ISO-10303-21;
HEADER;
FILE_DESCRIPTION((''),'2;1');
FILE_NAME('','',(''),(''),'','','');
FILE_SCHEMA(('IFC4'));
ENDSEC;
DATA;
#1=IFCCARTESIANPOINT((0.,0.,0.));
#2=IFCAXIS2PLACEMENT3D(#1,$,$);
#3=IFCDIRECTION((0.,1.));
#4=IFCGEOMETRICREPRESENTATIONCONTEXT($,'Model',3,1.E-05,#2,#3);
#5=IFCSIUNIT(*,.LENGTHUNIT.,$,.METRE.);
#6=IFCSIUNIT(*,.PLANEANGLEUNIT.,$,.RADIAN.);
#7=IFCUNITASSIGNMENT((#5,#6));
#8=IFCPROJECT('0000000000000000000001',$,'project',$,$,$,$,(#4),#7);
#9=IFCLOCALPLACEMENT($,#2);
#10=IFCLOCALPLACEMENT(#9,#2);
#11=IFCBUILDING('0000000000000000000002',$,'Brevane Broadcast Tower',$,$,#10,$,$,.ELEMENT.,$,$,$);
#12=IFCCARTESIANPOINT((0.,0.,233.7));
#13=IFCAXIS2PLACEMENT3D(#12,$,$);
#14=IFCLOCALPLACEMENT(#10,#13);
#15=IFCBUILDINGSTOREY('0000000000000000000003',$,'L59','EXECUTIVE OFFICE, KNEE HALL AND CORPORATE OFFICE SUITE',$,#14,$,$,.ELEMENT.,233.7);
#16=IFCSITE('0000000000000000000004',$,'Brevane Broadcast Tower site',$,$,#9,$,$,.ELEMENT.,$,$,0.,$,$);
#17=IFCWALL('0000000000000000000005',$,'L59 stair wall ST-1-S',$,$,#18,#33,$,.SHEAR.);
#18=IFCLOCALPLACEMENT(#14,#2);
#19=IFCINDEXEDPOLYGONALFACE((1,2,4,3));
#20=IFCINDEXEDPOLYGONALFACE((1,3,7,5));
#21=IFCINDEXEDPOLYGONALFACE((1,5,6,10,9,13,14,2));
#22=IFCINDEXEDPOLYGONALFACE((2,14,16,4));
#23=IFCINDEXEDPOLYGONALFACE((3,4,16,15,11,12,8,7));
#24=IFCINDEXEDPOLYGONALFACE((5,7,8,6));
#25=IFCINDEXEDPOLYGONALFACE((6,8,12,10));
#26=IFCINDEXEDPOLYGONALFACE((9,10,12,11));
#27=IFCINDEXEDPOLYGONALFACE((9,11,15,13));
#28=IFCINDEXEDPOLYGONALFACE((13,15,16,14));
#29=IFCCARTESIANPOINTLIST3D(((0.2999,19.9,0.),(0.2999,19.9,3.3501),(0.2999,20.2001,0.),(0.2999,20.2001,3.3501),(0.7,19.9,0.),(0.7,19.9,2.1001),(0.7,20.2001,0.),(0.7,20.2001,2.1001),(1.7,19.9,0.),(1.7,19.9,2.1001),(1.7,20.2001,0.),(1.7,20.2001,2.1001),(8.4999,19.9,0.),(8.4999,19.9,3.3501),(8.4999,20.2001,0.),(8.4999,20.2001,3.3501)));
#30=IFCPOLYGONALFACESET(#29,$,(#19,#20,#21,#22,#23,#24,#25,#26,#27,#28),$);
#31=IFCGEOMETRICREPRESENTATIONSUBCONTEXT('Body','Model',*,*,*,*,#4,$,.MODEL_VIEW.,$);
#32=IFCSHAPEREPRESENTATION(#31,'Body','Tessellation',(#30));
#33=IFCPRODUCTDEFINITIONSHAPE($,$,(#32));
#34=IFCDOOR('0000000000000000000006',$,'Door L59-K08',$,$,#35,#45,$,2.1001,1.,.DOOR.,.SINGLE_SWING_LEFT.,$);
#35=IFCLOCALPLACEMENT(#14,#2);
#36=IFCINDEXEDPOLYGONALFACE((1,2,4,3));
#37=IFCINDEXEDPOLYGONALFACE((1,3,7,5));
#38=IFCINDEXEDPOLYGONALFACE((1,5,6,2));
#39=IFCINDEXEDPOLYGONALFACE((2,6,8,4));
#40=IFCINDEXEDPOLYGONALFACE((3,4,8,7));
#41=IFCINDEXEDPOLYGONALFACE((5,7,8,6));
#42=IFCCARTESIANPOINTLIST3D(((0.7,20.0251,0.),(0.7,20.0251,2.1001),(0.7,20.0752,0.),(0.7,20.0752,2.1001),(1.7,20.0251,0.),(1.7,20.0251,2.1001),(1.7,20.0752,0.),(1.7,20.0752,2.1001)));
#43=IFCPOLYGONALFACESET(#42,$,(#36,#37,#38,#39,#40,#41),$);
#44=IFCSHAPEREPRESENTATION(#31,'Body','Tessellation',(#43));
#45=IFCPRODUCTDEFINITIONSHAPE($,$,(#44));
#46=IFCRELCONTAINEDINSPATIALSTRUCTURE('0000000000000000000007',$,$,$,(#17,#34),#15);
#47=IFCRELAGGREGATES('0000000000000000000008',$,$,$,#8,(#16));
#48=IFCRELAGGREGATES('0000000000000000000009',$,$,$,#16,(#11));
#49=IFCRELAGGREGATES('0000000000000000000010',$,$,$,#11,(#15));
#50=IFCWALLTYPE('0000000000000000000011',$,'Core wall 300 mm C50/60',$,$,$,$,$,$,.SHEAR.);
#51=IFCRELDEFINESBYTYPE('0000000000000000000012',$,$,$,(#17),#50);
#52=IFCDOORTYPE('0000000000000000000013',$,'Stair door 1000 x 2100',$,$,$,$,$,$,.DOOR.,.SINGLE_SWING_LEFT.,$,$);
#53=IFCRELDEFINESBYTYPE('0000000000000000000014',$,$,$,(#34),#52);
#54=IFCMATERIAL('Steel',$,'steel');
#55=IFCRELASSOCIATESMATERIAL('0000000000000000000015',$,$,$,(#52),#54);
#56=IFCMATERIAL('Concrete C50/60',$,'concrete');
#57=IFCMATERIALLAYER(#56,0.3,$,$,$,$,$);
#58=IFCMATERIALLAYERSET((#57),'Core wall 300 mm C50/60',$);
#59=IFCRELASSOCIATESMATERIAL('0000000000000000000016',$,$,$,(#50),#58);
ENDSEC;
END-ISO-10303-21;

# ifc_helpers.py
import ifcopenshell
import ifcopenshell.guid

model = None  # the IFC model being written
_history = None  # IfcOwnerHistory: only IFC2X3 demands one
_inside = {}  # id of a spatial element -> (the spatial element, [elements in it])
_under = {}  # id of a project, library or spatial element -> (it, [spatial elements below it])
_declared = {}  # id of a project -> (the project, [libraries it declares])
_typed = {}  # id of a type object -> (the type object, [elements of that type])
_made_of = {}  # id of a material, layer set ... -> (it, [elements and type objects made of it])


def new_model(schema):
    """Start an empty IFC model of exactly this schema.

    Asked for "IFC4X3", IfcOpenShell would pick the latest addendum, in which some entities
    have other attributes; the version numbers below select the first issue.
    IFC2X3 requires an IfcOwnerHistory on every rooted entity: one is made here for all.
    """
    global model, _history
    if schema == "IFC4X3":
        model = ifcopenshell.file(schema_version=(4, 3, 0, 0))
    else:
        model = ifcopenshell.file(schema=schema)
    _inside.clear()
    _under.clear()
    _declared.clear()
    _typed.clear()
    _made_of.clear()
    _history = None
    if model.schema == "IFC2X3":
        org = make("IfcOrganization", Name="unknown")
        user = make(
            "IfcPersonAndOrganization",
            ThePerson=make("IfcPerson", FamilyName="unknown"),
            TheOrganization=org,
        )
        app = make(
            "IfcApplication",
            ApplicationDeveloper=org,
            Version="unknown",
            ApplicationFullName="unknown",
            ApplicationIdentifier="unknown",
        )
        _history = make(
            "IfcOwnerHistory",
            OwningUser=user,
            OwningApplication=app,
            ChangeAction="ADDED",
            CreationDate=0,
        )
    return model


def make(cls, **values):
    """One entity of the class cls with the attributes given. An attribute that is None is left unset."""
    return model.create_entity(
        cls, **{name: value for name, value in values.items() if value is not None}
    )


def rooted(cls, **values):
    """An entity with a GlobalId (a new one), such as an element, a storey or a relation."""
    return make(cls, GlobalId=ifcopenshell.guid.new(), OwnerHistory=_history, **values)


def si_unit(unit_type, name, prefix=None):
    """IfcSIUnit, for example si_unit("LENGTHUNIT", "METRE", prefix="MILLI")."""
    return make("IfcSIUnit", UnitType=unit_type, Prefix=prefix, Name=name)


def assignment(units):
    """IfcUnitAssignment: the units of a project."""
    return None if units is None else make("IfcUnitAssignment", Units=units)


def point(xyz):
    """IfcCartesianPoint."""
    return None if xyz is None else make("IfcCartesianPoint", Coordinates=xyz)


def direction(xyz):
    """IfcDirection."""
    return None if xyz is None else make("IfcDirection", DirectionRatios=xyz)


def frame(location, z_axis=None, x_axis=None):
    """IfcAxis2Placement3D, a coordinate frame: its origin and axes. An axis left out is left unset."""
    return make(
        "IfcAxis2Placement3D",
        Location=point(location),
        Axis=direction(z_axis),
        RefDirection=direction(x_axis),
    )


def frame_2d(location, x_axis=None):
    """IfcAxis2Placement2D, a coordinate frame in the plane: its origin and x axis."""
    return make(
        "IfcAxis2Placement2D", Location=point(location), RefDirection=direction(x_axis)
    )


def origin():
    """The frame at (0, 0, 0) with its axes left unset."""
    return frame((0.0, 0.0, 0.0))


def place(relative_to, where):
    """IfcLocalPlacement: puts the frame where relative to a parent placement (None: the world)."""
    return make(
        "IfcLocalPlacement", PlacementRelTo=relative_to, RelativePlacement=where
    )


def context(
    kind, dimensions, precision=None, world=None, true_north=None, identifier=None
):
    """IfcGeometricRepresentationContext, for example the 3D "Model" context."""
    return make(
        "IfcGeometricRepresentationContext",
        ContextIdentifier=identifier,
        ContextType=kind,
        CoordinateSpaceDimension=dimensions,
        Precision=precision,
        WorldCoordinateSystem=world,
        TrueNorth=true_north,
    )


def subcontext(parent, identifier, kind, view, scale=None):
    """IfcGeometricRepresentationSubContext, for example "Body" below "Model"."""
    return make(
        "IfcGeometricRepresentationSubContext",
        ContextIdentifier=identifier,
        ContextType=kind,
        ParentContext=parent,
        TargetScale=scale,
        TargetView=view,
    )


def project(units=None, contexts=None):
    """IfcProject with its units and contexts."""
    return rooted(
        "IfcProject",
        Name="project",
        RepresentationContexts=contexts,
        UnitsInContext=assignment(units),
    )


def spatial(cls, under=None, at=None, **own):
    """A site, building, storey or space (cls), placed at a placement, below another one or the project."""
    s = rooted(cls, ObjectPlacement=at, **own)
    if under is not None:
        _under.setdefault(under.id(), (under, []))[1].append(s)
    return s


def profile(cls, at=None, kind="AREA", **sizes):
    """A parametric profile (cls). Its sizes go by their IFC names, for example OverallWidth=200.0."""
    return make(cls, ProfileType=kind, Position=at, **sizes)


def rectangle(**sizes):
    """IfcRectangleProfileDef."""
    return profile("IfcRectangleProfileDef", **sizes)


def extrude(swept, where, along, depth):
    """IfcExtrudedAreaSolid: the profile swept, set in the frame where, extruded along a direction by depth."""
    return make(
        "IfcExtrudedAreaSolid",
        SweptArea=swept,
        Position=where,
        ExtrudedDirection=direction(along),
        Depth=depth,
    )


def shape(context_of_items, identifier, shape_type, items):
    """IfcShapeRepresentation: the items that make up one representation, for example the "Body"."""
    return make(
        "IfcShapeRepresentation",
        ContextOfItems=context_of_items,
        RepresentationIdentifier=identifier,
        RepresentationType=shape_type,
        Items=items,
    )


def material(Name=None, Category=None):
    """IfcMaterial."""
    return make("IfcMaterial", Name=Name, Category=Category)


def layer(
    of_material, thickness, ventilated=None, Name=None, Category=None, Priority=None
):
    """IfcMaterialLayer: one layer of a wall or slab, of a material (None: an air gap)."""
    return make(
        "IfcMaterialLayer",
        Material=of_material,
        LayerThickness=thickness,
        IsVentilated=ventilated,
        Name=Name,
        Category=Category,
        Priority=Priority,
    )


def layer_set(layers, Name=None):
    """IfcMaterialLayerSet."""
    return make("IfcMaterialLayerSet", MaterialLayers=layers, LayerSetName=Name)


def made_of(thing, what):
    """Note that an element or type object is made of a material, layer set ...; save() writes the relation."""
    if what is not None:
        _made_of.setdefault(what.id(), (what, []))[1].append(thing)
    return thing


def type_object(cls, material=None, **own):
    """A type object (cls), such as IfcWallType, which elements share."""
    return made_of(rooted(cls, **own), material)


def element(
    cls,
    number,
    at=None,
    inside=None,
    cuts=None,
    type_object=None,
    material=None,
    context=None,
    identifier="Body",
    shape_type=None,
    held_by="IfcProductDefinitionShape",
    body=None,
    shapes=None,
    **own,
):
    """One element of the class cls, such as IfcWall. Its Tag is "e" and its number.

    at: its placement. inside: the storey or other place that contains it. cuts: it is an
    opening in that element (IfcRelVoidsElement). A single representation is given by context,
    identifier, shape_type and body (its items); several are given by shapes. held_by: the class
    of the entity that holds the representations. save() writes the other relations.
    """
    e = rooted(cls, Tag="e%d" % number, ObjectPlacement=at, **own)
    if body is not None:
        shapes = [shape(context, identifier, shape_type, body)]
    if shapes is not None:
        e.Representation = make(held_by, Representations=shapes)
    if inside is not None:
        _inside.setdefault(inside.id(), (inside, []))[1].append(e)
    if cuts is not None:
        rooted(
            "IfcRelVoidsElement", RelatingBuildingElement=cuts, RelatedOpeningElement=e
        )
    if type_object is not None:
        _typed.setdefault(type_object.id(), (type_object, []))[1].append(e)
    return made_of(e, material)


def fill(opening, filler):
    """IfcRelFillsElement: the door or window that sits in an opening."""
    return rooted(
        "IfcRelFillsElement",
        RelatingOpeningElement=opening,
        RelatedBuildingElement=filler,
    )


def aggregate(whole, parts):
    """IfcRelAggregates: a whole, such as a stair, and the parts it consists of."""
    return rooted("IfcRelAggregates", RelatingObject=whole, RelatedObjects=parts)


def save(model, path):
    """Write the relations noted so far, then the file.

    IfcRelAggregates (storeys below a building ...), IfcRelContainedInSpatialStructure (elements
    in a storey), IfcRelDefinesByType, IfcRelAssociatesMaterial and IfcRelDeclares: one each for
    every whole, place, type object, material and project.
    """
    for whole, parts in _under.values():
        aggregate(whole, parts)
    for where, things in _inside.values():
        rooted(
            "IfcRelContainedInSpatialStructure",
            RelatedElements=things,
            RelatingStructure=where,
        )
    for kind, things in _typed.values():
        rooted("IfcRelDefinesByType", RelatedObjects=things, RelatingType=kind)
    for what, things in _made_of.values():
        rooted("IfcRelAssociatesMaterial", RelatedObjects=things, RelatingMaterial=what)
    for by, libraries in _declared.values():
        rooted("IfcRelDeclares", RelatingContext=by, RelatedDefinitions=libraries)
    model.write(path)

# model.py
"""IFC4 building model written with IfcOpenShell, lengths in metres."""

from ifc_helpers import new_model, si_unit, direction, frame, frame_2d, origin, place, context, subcontext, project, spatial, rectangle, extrude, material, layer, layer_set, type_object, element, fill, save


model = new_model("IFC4")

# Units and contexts
model_context = context("Model", 3, precision=1e-05, world=origin(), true_north=direction((0.0, 1.0)))
body_context = subcontext(model_context, "Body", "Model", "MODEL_VIEW")
ifc_project = project(units=[si_unit("LENGTHUNIT", "METRE"), si_unit("PLANEANGLEUNIT", "RADIAN")], contexts=[model_context])

# Site, building, storey
site_placement = place(None, origin())
site = spatial("IfcSite", under=ifc_project, at=site_placement, Name="Brevane Broadcast Tower site", CompositionType="ELEMENT", RefElevation=0.0)
building_placement = place(site_placement, origin())
building = spatial("IfcBuilding", under=site, at=building_placement, Name="Brevane Broadcast Tower", CompositionType="ELEMENT")
storey_placement = place(building_placement, frame((0.0, 0.0, 233.7)))
storey = spatial("IfcBuildingStorey", under=building, at=storey_placement, Name="L59", Description="EXECUTIVE OFFICE, KNEE HALL AND CORPORATE OFFICE SUITE", CompositionType="ELEMENT", Elevation=233.7)

# Shared definitions
ifc_material_1 = material(Name="Steel", Category="steel")

# Shared definitions
door_type_1 = type_object("IfcDoorType", Name="Stair door 1000 x 2100", OperationType="SINGLE_SWING_LEFT", PredefinedType="DOOR", material=ifc_material_1)

# Shared definitions
ifc_material_2 = material(Name="Concrete C50/60", Category="concrete")
ifc_layer_1 = layer(ifc_material_2, 0.3)
ifc_layer_set_1 = layer_set([ifc_layer_1], Name="Core wall 300 mm C50/60")
wall_type_1 = type_object("IfcWallType", Name="Core wall 300 mm C50/60", PredefinedType="SHEAR", material=ifc_layer_set_1)

# Wall, opening, door
wall_1_placement = place(storey_placement, frame((8.5, 20.05, 0.0), z_axis=(0.0, 0.0, 1.0), x_axis=(-1.0, 0.0, 0.0)))
wall_1 = element("IfcWall", 1, at=wall_1_placement, inside=storey, type_object=wall_type_1, Name="L59 stair wall ST-1-S", PredefinedType="SHEAR", context=body_context, shape_type="SweptSolid", body=[
    extrude(rectangle(XDim=8.2, YDim=0.3, at=frame_2d((4.1001, 0.0))), origin(), (0.0, 0.0, 1.0), 3.3501),
])
opening_1_placement = place(wall_1_placement, frame((6.8, 0.0, 0.0)))
opening_1 = element("IfcOpeningElement", 2, at=opening_1_placement, cuts=wall_1, PredefinedType="OPENING", context=body_context, shape_type="SweptSolid", body=[
    extrude(rectangle(XDim=1.0, YDim=2.1001, at=frame_2d((0.5, 1.05))), frame((0.0, 0.1599, 0.0), z_axis=(0.0, -1.0, 0.0), x_axis=(1.0, 0.0, 0.0)), (0.0, 0.0, 1.0), 0.3201),
])
door_1_placement = place(opening_1_placement, origin())
door_1 = element("IfcDoor", 3, at=door_1_placement, inside=storey, type_object=door_type_1, Name="Door L59-K08", OperationType="SINGLE_SWING_LEFT", OverallHeight=2.1001, OverallWidth=1.0, PredefinedType="DOOR", context=body_context, shape_type="SweptSolid", body=[
    extrude(rectangle(XDim=1.0, YDim=2.1001, at=frame_2d((0.5, 1.05))), frame((0.0, 0.0249, 0.0), z_axis=(0.0, -1.0, 0.0), x_axis=(1.0, 0.0, 0.0)), (0.0, 0.0, 1.0), 0.05),
])
fill(opening_1, door_1)

save(model, "model.ifc")
